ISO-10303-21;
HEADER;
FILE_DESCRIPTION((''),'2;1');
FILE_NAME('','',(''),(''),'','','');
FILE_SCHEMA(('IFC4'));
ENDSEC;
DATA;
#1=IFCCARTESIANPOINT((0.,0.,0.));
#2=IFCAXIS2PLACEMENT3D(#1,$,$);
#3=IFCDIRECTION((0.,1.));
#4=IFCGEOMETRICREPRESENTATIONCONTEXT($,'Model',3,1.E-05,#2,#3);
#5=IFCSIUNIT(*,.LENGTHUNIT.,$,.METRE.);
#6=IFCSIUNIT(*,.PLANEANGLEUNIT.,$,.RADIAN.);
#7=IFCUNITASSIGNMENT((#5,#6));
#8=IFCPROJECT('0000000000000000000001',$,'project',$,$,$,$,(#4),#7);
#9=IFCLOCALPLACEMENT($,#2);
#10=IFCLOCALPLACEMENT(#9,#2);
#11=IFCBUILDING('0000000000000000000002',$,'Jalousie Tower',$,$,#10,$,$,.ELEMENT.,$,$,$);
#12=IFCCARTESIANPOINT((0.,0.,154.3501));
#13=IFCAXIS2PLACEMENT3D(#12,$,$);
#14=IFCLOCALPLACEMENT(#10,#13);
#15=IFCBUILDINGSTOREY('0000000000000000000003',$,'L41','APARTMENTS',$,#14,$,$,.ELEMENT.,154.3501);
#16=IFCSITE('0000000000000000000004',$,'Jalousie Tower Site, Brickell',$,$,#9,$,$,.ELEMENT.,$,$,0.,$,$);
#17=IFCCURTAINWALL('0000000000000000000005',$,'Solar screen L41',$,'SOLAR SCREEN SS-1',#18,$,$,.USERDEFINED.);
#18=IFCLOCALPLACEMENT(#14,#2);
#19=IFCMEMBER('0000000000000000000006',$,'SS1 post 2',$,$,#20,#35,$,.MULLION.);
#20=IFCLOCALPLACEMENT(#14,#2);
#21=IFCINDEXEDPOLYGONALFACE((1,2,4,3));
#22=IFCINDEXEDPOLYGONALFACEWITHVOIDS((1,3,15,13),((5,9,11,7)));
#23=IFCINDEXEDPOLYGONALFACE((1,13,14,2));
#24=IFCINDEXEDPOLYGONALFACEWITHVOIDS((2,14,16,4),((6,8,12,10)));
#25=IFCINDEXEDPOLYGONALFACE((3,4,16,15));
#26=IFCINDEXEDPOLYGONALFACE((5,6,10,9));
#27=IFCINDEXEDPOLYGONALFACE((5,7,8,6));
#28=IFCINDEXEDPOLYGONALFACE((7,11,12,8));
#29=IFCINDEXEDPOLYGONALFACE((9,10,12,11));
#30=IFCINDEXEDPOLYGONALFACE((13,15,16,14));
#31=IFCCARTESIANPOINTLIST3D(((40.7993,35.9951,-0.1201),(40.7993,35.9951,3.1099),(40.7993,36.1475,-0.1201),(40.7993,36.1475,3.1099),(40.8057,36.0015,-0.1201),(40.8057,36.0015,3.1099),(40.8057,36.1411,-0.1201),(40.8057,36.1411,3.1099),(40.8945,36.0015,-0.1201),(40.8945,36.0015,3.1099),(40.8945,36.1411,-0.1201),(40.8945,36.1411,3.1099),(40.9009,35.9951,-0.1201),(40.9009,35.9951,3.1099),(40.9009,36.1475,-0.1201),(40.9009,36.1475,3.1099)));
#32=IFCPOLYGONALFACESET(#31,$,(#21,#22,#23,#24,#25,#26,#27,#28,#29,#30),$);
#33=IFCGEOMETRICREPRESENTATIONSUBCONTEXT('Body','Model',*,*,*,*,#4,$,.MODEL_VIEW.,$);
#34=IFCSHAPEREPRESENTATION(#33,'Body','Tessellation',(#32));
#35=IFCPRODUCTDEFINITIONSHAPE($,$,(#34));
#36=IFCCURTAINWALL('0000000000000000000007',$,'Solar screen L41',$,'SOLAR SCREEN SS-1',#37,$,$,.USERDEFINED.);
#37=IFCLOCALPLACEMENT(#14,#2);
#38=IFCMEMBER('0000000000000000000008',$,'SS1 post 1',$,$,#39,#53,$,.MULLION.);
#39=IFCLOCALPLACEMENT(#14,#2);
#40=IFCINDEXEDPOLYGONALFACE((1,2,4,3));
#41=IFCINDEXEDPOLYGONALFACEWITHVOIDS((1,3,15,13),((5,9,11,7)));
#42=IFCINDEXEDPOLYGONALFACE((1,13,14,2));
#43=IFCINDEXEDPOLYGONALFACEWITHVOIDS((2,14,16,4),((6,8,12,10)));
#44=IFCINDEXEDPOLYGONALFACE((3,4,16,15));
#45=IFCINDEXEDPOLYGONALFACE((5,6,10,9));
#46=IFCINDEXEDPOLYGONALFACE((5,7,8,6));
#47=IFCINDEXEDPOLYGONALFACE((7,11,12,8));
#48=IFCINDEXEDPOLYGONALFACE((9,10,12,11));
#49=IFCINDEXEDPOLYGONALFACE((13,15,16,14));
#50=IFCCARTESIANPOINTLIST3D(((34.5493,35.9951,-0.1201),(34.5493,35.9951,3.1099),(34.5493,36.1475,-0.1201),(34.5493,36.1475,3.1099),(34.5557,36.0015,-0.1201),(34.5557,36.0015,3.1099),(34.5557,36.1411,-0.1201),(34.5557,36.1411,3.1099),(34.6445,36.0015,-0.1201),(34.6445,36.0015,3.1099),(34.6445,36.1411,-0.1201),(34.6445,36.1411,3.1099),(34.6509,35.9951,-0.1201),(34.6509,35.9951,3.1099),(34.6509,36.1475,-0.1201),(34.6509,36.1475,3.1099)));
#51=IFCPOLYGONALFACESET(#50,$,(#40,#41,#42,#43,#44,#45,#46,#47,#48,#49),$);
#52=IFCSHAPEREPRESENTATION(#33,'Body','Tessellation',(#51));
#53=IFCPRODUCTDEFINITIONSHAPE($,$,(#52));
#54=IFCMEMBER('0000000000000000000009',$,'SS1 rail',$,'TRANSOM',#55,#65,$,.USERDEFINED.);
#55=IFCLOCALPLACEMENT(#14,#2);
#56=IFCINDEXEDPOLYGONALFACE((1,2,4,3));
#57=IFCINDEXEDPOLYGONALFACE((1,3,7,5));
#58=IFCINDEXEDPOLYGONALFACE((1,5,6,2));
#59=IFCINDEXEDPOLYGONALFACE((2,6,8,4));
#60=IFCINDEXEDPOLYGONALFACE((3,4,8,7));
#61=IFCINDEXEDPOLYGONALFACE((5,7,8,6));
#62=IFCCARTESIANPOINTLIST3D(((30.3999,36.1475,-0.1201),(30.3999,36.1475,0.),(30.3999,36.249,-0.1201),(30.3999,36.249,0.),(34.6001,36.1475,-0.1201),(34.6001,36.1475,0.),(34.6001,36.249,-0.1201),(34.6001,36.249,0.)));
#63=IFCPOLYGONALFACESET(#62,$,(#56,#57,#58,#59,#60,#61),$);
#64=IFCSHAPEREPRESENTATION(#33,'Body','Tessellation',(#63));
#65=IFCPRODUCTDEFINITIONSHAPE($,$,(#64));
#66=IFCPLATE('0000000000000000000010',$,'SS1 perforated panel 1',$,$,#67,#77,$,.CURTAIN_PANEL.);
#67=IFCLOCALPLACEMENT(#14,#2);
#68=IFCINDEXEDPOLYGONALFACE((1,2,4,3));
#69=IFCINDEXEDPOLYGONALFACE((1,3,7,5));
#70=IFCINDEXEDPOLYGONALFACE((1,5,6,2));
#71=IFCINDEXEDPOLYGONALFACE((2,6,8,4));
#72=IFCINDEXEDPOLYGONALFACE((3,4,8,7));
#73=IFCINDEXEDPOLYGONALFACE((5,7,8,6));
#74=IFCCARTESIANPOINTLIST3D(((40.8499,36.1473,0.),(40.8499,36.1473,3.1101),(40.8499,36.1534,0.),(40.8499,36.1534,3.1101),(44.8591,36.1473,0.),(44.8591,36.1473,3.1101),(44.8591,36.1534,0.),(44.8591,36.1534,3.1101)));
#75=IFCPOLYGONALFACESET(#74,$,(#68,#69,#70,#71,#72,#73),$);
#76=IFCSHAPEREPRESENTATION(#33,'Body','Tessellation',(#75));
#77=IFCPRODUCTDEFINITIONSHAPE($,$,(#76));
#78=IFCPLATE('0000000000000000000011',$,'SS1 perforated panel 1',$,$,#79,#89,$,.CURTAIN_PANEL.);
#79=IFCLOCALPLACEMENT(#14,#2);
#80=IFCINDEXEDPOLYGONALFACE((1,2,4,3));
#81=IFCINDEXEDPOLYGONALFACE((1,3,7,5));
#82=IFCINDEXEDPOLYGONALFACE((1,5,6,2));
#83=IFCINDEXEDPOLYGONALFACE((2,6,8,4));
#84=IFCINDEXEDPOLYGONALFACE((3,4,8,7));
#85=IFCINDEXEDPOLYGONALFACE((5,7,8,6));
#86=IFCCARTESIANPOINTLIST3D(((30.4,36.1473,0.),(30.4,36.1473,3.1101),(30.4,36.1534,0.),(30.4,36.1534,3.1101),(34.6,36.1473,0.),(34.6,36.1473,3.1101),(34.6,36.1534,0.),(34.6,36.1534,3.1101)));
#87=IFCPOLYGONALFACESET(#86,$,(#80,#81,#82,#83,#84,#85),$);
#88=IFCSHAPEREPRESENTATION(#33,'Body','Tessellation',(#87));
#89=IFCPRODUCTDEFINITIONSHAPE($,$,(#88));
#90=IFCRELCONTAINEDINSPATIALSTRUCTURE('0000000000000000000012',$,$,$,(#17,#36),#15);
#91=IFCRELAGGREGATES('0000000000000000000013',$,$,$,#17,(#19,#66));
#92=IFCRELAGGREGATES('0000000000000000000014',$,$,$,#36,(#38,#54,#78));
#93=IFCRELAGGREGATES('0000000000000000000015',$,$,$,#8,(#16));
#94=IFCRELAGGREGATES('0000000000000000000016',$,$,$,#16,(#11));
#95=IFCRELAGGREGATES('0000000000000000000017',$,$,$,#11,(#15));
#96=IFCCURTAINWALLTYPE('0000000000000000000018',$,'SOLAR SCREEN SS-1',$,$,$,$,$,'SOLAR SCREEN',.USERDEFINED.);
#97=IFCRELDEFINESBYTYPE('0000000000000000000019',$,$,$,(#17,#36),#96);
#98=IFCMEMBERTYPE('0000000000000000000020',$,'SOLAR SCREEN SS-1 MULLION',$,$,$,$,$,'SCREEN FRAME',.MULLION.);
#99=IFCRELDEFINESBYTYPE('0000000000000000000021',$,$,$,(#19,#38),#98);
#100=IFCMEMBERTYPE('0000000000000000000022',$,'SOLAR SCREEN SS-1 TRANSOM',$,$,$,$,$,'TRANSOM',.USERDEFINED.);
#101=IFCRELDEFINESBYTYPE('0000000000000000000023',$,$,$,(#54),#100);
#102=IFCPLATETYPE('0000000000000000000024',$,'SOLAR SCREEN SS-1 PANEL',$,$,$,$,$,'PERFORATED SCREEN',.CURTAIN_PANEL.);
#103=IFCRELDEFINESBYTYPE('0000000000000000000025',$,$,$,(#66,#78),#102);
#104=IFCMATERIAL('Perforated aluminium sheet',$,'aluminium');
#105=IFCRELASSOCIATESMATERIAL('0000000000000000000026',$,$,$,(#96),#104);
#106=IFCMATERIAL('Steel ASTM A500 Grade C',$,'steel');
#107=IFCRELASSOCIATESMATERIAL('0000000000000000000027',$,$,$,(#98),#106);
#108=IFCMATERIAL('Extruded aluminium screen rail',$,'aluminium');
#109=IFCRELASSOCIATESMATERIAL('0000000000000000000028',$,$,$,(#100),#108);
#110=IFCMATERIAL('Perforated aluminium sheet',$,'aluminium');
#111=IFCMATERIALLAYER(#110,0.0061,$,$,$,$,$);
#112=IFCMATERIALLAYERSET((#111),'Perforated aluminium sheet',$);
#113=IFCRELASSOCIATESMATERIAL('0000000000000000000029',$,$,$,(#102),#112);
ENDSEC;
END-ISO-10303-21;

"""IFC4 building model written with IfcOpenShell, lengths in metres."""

from ifc_helpers import new_model, si_unit, direction, frame, origin, origin_2d, place, context, subcontext, project, spatial, rectangle, hollow_rectangle, extrude, material, layer, layer_set, material_profile, profile_set, type_object, element, aggregate, save


model = new_model("IFC4")

# Units and contexts
model_context = context("Model", 3, precision=1e-05, world=origin(), true_north=direction((0.0, 1.0)))
body_context = subcontext(model_context, "Body", "Model", "MODEL_VIEW")
ifc_project = project(units=[si_unit("LENGTHUNIT", "METRE"), si_unit("PLANEANGLEUNIT", "RADIAN")], contexts=[model_context])

# Site, building, storey
site_placement = place(None, origin())
site = spatial("IfcSite", under=ifc_project, at=site_placement, Name="Jalousie Tower Site, Brickell", CompositionType="ELEMENT", RefElevation=0.0)
building_placement = place(site_placement, origin())
building = spatial("IfcBuilding", under=site, at=building_placement, Name="Jalousie Tower", CompositionType="ELEMENT")
storey_placement = place(building_placement, frame((0.0, 0.0, 154.3501)))
storey = spatial("IfcBuildingStorey", under=building, at=storey_placement, Name="L41", Description="APARTMENTS", CompositionType="ELEMENT", Elevation=154.3501)

# Curtain wall, member
ifc_material_1 = material(Name="Perforated aluminium sheet", Category="aluminium")
curtain_wall_type = type_object("IfcCurtainWallType", Name="SOLAR SCREEN SS-1", ElementType="SOLAR SCREEN", PredefinedType="USERDEFINED", material=ifc_material_1)
curtain_wall_1_placement = place(storey_placement, origin())
curtain_wall_1 = element("IfcCurtainWall", 1, at=curtain_wall_1_placement, inside=storey, type_object=curtain_wall_type, Name="Solar screen L41", ObjectType="SOLAR SCREEN SS-1", PredefinedType="USERDEFINED")
ifc_material_2 = material(Name="Steel ASTM A500 Grade C", Category="steel")
ifc_material_profile_1 = material_profile(ifc_material_2, hollow_rectangle(XDim=0.1016, YDim=0.1523, WallThickness=0.0063, at=origin_2d()), Name="HSS6X4X1/4")
ifc_profile_set_1 = profile_set([ifc_material_profile_1], Name="Steel ASTM A500 Grade C")
member_type_1 = type_object("IfcMemberType", Name="SOLAR SCREEN SS-1 MULLION", ElementType="SCREEN FRAME", PredefinedType="MULLION", material=ifc_profile_set_1)
member_1_placement = place(storey_placement, frame((40.8501, 36.0713, -0.1201), z_axis=(0.0, 0.0, 1.0), x_axis=(-1.0, 0.0, 0.0)))
member_1 = element("IfcMember", 2, at=member_1_placement, type_object=member_type_1, Name="SS1 post 2", PredefinedType="MULLION", context=body_context, shape_type="SweptSolid", body=[
    extrude(hollow_rectangle(XDim=0.1016, YDim=0.1523, WallThickness=0.0063, at=origin_2d()), origin(), (0.0, 0.0, 1.0), 3.23),
])

# Curtain wall, members
curtain_wall_2_placement = place(storey_placement, origin())
curtain_wall_2 = element("IfcCurtainWall", 3, at=curtain_wall_2_placement, inside=storey, type_object=curtain_wall_type, Name="Solar screen L41", ObjectType="SOLAR SCREEN SS-1", PredefinedType="USERDEFINED")
member_2_placement = place(storey_placement, frame((34.6001, 36.0713, -0.1201), z_axis=(0.0, 0.0, 1.0), x_axis=(-1.0, 0.0, 0.0)))
member_2 = element("IfcMember", 4, at=member_2_placement, type_object=member_type_1, Name="SS1 post 1", PredefinedType="MULLION", context=body_context, shape_type="SweptSolid", body=[
    extrude(hollow_rectangle(XDim=0.1016, YDim=0.1523, WallThickness=0.0063, at=origin_2d()), origin(), (0.0, 0.0, 1.0), 3.23),
])
ifc_material_3 = material(Name="Extruded aluminium screen rail", Category="aluminium")
ifc_material_profile_2 = material_profile(ifc_material_3, rectangle(XDim=0.1016, YDim=0.1201, at=origin_2d()), Name="RAIL 102x120")
ifc_profile_set_2 = profile_set([ifc_material_profile_2], Name="Extruded aluminium screen rail")
member_type_2 = type_object("IfcMemberType", Name="SOLAR SCREEN SS-1 TRANSOM", ElementType="TRANSOM", PredefinedType="USERDEFINED", material=ifc_profile_set_2)
member_3_placement = place(storey_placement, frame((34.6001, 36.1982, -0.0601), z_axis=(-1.0, 0.0, 0.0), x_axis=(0.0, -1.0, 0.0)))
member_3 = element("IfcMember", 5, at=member_3_placement, type_object=member_type_2, Name="SS1 rail", ObjectType="TRANSOM", PredefinedType="USERDEFINED", context=body_context, shape_type="SweptSolid", body=[
    extrude(rectangle(XDim=0.1016, YDim=0.1201, at=origin_2d()), origin(), (0.0, 0.0, 1.0), 4.2002),
])

# Plates
ifc_material_4 = material(Name="Perforated aluminium sheet", Category="aluminium")
ifc_layer_1 = layer(ifc_material_4, 0.0061)
ifc_layer_set_1 = layer_set([ifc_layer_1], Name="Perforated aluminium sheet")
plate_type = type_object("IfcPlateType", Name="SOLAR SCREEN SS-1 PANEL", ElementType="PERFORATED SCREEN", PredefinedType="CURTAIN_PANEL", material=ifc_layer_set_1)
plate_1_placement = place(storey_placement, frame((42.8545, 36.1504, 0.0), z_axis=(0.0, 0.0, 1.0), x_axis=(-1.0, 0.0, 0.0)))
plate_1 = element("IfcPlate", 6, at=plate_1_placement, type_object=plate_type, Name="SS1 perforated panel 1", PredefinedType="CURTAIN_PANEL", context=body_context, shape_type="SweptSolid", body=[
    extrude(rectangle(XDim=4.0093, YDim=0.0061, at=origin_2d()), origin(), (0.0, 0.0, 1.0), 3.1101),
])
aggregate(curtain_wall_1, [member_1, plate_1])
plate_2_placement = place(storey_placement, frame((32.5, 36.1504, 0.0), z_axis=(0.0, 0.0, 1.0), x_axis=(-1.0, 0.0, 0.0)))
plate_2 = element("IfcPlate", 7, at=plate_2_placement, type_object=plate_type, Name="SS1 perforated panel 1", PredefinedType="CURTAIN_PANEL", context=body_context, shape_type="SweptSolid", body=[
    extrude(rectangle(XDim=4.2, YDim=0.0061, at=origin_2d()), origin(), (0.0, 0.0, 1.0), 3.1101),
])
aggregate(curtain_wall_2, [member_2, member_3, plate_2])

save(model, "model.ifc")
